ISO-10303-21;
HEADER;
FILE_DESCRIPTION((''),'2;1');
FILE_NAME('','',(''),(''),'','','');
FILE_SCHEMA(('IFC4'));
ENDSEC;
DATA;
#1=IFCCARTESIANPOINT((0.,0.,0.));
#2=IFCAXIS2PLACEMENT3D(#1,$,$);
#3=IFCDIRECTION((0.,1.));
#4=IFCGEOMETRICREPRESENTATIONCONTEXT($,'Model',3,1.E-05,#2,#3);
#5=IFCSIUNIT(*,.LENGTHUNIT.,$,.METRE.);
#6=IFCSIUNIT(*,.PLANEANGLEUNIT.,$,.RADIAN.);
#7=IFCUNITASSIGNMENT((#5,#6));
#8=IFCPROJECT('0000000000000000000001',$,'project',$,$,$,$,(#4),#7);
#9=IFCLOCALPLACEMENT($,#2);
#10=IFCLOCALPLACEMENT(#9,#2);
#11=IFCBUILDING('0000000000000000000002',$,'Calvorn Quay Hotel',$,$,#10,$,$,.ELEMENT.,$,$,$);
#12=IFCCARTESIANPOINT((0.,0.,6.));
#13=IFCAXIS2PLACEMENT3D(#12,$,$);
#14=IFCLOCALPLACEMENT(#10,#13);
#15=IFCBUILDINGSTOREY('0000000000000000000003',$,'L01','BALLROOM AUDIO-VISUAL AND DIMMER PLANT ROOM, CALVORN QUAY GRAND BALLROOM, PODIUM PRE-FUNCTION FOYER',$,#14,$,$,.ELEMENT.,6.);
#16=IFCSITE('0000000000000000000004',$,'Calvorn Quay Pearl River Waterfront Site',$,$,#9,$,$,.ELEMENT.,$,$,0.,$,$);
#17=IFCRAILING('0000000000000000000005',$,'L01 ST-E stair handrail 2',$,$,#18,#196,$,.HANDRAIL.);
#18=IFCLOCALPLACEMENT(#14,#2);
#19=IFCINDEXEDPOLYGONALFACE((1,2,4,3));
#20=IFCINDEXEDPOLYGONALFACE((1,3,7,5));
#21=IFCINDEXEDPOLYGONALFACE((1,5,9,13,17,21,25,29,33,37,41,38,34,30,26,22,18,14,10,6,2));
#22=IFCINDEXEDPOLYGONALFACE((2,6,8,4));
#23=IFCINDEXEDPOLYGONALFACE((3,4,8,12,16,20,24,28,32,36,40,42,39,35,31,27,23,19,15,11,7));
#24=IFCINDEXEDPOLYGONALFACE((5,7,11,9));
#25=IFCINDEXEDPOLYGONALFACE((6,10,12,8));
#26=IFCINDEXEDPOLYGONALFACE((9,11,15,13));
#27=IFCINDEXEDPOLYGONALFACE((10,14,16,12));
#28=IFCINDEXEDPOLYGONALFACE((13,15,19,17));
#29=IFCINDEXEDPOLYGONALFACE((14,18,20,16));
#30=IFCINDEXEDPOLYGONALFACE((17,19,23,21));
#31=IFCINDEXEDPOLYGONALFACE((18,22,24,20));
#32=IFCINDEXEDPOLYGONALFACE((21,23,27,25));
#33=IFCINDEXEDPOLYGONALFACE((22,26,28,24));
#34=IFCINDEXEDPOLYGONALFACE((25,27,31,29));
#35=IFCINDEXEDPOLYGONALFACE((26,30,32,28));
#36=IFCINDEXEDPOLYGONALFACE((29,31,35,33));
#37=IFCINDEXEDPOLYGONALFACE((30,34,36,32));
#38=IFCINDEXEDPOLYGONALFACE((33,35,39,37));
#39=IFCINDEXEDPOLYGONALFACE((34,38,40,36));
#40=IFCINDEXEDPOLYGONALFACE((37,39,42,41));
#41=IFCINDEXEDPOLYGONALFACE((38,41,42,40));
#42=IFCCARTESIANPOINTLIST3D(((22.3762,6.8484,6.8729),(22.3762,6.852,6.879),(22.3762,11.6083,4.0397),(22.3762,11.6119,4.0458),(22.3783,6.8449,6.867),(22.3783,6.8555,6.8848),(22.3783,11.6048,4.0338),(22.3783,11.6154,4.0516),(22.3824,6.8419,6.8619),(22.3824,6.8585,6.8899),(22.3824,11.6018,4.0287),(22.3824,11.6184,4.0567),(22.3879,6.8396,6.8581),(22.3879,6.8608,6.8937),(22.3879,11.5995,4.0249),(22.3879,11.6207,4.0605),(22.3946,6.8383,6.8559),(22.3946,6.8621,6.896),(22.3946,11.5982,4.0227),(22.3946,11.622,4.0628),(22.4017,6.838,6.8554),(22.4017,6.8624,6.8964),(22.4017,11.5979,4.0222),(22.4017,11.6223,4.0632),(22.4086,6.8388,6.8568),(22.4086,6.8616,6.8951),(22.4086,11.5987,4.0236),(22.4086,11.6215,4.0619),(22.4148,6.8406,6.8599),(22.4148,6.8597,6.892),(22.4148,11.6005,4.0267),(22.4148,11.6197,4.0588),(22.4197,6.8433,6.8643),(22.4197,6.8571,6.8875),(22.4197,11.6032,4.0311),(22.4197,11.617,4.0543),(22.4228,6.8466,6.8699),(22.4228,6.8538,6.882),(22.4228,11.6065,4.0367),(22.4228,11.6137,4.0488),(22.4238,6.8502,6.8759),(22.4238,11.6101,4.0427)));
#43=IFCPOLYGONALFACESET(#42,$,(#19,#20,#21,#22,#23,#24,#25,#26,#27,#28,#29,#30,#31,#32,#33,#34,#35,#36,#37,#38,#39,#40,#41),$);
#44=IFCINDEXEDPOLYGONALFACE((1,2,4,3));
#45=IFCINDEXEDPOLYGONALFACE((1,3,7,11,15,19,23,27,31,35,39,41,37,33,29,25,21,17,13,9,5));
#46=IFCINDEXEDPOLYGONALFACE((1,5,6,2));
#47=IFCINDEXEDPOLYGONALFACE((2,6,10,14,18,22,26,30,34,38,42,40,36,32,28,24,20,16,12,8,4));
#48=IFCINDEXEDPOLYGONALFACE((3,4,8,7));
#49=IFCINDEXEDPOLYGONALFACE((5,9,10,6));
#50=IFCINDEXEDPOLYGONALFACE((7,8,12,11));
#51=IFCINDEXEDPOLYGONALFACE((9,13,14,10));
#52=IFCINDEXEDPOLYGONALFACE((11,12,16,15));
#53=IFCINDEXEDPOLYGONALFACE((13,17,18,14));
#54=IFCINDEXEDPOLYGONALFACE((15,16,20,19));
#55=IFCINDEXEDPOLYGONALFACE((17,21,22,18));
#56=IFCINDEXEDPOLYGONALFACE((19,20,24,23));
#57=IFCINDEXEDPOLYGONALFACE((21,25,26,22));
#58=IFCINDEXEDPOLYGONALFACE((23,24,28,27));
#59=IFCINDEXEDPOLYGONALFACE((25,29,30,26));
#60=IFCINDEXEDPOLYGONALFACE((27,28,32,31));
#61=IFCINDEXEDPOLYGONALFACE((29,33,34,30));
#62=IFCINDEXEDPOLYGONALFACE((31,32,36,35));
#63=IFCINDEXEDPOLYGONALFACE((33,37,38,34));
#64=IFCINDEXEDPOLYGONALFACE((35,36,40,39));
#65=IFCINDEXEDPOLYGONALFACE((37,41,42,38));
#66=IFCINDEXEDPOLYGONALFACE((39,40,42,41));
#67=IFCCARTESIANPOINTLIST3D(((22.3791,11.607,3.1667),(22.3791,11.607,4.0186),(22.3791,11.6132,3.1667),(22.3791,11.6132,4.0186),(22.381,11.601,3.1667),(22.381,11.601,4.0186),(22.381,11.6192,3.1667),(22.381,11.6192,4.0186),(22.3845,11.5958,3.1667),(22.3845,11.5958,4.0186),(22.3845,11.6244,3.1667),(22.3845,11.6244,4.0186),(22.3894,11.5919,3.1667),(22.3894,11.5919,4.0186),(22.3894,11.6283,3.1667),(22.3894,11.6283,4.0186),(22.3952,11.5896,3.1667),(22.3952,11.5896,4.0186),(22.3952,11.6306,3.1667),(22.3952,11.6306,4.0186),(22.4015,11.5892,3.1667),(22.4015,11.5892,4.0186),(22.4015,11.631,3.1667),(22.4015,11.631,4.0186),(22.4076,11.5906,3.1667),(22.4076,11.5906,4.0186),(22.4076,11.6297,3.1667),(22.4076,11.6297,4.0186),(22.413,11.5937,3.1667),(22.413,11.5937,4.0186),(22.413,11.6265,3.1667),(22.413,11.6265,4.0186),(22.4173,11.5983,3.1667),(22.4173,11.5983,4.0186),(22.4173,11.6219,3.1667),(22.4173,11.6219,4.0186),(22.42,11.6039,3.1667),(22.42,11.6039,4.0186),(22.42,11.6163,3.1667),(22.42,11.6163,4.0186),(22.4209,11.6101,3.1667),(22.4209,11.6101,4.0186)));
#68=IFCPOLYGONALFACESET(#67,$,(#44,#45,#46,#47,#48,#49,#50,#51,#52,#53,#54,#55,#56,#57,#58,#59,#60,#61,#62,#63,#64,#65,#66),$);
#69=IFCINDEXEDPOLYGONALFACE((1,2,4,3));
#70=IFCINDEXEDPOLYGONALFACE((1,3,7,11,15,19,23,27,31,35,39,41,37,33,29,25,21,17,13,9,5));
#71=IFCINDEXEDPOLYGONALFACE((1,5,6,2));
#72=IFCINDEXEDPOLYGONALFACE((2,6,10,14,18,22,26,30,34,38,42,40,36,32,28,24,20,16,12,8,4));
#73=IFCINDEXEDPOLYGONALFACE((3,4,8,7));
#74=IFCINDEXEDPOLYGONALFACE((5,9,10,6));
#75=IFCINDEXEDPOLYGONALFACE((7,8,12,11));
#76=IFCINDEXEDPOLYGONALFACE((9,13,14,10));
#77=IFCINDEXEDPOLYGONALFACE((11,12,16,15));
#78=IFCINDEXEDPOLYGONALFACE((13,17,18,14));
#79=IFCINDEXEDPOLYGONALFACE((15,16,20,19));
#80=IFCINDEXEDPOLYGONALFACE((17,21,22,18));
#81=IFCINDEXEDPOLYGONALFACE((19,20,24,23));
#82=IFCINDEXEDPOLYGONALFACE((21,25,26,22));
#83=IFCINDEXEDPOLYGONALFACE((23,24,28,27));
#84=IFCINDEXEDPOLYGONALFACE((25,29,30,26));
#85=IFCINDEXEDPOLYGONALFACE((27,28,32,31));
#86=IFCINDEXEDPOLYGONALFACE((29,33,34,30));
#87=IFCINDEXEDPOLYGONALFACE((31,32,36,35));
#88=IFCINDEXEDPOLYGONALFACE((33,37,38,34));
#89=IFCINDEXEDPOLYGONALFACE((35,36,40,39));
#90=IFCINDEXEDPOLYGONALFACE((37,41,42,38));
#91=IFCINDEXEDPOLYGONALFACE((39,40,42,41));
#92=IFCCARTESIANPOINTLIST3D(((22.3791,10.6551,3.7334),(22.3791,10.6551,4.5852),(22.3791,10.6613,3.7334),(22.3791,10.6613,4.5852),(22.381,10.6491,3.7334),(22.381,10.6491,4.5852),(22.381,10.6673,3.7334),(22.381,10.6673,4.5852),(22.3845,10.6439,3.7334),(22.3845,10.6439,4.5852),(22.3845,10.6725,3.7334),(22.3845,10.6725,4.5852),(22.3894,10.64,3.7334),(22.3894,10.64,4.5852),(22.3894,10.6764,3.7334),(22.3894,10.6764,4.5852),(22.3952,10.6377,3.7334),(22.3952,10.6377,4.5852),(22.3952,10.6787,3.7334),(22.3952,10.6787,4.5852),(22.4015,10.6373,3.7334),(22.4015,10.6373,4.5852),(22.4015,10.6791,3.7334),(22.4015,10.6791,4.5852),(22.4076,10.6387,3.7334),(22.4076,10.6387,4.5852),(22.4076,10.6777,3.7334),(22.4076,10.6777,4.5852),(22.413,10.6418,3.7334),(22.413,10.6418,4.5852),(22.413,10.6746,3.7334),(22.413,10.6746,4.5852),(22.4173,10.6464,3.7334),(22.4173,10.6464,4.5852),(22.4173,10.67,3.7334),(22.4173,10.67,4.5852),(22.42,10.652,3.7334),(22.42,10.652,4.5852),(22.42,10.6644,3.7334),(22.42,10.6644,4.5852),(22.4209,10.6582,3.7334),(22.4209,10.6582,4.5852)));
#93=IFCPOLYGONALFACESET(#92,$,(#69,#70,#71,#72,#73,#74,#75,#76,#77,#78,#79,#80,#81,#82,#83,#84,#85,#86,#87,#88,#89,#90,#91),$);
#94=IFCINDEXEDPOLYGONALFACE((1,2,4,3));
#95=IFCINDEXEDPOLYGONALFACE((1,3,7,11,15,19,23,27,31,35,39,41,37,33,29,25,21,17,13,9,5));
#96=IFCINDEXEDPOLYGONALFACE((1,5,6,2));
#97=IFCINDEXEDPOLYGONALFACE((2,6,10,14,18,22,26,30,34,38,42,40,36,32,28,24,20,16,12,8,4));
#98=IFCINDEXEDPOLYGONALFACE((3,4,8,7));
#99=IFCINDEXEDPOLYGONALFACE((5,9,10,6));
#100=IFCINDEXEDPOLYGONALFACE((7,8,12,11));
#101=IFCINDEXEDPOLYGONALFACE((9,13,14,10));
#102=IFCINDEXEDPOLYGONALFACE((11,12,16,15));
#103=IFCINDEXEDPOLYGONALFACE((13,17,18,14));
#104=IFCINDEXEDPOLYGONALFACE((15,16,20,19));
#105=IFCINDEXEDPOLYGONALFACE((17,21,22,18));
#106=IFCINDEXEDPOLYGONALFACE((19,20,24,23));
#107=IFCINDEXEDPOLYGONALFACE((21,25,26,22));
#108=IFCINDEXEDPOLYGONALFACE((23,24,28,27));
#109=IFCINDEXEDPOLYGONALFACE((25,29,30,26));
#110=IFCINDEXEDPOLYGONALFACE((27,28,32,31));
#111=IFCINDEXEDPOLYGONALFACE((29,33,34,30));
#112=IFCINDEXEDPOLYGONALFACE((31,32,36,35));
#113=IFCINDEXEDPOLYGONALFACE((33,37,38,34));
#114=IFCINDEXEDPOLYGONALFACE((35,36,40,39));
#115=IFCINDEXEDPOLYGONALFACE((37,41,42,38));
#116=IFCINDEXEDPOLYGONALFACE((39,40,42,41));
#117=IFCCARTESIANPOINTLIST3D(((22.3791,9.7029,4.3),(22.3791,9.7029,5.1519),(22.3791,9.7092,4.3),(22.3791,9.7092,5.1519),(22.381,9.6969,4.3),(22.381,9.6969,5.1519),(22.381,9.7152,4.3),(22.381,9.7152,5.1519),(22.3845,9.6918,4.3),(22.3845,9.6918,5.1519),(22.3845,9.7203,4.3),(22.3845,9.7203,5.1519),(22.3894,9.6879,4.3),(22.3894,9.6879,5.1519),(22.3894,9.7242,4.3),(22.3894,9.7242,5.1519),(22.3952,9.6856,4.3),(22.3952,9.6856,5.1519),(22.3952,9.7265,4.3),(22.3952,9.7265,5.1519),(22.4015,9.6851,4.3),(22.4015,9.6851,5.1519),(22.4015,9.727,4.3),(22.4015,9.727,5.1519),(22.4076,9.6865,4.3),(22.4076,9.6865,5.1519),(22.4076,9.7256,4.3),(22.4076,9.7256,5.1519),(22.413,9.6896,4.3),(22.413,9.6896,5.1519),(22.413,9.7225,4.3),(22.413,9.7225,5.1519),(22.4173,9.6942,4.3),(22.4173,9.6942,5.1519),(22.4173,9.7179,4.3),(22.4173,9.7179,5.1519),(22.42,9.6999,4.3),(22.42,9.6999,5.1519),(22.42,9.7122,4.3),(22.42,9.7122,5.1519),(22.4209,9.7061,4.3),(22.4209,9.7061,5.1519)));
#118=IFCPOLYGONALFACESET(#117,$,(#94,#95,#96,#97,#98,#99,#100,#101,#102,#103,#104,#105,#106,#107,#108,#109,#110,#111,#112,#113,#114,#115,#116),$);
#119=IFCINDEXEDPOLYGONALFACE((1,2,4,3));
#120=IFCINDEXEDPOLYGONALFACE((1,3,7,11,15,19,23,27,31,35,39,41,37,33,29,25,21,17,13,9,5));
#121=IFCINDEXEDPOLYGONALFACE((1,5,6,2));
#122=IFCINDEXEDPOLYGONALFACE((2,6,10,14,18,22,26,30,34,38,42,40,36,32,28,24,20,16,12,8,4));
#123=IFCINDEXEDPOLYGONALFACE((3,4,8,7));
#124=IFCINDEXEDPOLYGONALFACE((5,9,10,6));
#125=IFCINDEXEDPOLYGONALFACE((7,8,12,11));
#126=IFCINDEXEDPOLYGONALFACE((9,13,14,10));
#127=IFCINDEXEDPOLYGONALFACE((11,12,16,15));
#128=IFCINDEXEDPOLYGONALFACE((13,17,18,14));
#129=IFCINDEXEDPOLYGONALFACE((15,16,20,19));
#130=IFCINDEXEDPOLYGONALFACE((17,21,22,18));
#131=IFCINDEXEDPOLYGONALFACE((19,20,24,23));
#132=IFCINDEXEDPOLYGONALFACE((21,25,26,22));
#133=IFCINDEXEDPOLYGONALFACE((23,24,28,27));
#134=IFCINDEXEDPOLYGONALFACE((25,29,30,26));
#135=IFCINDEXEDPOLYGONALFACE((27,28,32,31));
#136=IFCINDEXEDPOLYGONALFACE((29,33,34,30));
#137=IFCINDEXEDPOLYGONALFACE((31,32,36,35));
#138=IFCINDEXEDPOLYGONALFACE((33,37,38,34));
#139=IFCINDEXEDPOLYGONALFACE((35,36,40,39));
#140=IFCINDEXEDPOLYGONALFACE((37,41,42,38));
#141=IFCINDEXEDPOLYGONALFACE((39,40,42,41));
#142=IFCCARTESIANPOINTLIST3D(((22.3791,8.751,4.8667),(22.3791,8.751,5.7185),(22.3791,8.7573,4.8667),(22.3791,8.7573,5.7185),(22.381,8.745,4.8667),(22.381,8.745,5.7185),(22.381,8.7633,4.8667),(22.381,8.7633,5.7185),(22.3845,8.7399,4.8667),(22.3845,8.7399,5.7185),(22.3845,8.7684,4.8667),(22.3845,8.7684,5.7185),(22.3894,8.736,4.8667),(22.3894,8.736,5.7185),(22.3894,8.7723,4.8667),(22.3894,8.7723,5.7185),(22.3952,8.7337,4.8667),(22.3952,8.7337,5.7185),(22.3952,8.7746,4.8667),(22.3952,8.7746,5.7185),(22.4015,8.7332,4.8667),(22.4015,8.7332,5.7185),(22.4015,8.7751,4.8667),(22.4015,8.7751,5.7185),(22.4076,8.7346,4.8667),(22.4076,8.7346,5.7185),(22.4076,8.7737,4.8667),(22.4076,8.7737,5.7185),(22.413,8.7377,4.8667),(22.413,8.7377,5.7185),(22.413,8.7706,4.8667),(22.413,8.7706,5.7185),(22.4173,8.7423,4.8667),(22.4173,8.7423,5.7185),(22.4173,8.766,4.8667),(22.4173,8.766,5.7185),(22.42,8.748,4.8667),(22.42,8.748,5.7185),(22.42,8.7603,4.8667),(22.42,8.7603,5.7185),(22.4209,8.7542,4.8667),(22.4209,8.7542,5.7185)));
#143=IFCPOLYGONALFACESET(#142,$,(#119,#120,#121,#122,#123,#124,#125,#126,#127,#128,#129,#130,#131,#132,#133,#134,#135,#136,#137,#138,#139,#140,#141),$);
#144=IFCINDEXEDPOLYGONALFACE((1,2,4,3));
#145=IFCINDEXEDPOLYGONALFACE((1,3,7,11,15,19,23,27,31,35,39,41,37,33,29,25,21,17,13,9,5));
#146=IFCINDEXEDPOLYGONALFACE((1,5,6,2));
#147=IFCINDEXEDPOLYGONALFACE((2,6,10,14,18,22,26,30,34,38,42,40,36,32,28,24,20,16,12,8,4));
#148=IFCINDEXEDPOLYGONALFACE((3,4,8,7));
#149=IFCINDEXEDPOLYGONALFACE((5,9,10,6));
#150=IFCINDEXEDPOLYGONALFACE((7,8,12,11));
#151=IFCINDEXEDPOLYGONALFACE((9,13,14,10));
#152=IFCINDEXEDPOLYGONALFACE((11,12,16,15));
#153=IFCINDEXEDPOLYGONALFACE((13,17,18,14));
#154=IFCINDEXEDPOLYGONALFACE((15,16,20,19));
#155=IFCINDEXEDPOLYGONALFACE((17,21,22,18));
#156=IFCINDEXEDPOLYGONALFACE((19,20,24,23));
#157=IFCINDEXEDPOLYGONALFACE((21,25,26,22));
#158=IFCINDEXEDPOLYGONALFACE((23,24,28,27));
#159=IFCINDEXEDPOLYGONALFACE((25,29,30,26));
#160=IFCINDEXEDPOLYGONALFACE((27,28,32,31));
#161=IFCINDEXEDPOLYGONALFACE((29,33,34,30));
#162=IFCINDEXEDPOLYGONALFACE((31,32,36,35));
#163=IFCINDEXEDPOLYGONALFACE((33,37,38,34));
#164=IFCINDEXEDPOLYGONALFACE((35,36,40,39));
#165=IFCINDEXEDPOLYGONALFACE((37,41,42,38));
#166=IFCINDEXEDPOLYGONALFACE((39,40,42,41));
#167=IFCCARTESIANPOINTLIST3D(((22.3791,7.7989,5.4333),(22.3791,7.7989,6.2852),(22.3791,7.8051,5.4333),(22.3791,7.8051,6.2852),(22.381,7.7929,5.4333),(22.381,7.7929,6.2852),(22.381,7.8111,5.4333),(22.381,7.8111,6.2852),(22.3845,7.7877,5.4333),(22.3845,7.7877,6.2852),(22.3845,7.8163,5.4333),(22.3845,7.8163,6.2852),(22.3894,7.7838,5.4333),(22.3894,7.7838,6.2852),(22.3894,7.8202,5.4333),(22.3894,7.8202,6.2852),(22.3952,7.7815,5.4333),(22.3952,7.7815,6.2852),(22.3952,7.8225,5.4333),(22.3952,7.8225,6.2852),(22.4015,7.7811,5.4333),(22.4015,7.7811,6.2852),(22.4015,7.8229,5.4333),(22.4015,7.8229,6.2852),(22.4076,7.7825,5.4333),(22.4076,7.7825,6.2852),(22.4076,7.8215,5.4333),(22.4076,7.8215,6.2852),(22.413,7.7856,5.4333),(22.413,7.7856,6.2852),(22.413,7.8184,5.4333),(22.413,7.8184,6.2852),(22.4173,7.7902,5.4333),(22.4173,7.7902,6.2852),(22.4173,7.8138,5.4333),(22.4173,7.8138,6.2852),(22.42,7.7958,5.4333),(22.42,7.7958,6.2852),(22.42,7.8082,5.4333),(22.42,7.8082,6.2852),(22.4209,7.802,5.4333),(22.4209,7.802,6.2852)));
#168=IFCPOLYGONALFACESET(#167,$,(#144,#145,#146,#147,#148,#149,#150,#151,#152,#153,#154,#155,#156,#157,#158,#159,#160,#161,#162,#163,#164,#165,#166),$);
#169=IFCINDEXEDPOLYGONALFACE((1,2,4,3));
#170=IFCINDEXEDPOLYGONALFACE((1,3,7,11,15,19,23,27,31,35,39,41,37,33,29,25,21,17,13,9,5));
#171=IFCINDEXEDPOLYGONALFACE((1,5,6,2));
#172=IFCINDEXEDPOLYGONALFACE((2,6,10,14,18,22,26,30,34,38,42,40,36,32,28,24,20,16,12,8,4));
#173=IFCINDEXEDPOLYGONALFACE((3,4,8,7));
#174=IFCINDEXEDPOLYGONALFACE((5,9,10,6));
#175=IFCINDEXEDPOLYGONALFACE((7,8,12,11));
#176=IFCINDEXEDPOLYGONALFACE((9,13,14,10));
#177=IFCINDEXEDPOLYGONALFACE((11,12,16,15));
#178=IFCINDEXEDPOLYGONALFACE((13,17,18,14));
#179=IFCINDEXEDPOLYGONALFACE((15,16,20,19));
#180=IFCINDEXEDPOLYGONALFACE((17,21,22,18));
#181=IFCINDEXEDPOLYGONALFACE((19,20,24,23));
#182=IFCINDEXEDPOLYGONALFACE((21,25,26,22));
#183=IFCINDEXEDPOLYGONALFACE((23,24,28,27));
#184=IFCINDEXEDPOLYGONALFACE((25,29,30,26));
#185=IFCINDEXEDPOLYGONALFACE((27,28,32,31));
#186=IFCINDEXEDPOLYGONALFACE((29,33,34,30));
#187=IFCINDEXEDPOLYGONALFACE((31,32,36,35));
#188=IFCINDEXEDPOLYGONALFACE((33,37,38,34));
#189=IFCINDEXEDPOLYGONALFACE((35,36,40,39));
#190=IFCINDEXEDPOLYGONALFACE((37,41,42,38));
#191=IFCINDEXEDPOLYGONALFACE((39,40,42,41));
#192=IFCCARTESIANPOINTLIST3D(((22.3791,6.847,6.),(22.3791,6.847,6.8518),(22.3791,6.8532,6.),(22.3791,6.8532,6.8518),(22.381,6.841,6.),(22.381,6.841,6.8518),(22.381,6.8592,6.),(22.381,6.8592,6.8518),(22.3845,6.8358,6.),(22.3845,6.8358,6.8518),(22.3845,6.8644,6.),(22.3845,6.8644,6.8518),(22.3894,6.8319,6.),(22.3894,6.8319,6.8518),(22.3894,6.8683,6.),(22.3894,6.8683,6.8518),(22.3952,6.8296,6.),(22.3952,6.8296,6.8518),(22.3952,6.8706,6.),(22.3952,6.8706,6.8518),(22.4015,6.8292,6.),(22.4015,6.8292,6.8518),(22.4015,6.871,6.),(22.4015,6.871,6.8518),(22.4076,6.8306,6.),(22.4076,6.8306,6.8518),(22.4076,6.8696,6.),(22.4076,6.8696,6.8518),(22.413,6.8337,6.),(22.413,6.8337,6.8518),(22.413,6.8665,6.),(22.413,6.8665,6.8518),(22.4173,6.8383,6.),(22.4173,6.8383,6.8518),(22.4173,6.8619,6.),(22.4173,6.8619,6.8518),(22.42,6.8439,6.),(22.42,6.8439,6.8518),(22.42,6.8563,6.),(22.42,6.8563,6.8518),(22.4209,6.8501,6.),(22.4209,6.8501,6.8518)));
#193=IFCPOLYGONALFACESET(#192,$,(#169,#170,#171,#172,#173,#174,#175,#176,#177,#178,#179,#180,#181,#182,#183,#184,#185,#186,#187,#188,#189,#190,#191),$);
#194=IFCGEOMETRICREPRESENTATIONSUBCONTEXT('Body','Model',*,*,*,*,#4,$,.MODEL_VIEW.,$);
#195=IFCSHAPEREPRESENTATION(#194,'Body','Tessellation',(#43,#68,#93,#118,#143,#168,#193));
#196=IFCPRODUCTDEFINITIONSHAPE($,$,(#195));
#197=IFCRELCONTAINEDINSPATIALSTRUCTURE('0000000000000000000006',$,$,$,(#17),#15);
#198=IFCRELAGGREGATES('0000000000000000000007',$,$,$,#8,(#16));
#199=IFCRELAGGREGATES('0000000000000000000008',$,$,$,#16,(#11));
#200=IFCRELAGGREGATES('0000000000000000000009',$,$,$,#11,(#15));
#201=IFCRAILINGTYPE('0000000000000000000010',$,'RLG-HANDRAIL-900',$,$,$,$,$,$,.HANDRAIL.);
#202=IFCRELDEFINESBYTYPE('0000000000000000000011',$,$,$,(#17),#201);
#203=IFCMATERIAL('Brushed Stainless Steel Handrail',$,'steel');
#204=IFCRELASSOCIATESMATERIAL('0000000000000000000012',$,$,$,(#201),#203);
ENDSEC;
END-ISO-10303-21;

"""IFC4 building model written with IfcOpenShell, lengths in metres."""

from ifc_helpers import new_model, si_unit, direction, frame, origin, origin_2d, place, context, subcontext, project, spatial, circle, extrude, material, type_object, element, save


model = new_model("IFC4")

# Units and contexts
model_context = context("Model", 3, precision=1e-05, world=origin(), true_north=direction((0.0, 1.0)))
body_context = subcontext(model_context, "Body", "Model", "MODEL_VIEW")
ifc_project = project(units=[si_unit("LENGTHUNIT", "METRE"), si_unit("PLANEANGLEUNIT", "RADIAN")], contexts=[model_context])

# Site, building, storey
site_placement = place(None, origin())
site = spatial("IfcSite", under=ifc_project, at=site_placement, Name="Calvorn Quay Pearl River Waterfront Site", CompositionType="ELEMENT", RefElevation=0.0)
building_placement = place(site_placement, origin())
building = spatial("IfcBuilding", under=site, at=building_placement, Name="Calvorn Quay Hotel", CompositionType="ELEMENT")
storey_placement = place(building_placement, frame((0.0, 0.0, 6.0)))
storey = spatial("IfcBuildingStorey", under=building, at=storey_placement, Name="L01", Description="BALLROOM AUDIO-VISUAL AND DIMMER PLANT ROOM, CALVORN QUAY GRAND BALLROOM, PODIUM PRE-FUNCTION FOYER", CompositionType="ELEMENT", Elevation=6.0)

# Railing
ifc_material_1 = material(Name="Brushed Stainless Steel Handrail", Category="steel")
railing_type_1 = type_object("IfcRailingType", Name="RLG-HANDRAIL-900", PredefinedType="HANDRAIL", material=ifc_material_1)
railing_1_placement = place(storey_placement, frame((22.3999, 11.6101, 3.1667)))
element("IfcRailing", 1, at=railing_1_placement, inside=storey, type_object=railing_type_1, Name="L01 ST-E stair handrail 2", PredefinedType="HANDRAIL", context=body_context, shape_type="SweptSolid", body=[
    extrude(circle(Radius=0.0239, at=origin_2d()), frame((0.0, 0.0, 0.876), z_axis=(0.0, -0.8593, 0.511472), x_axis=(1.0, 0.0, 0.0)), (0.0, 0.0, 1.0), 5.5393),
    extrude(circle(Radius=0.021, at=origin_2d()), origin(), (0.0, 0.0, 1.0), 0.8518),
    extrude(circle(Radius=0.021, at=origin_2d()), frame((0.0, -0.9519, 0.5667)), (0.0, 0.0, 1.0), 0.8518),
    extrude(circle(Radius=0.021, at=origin_2d()), frame((0.0, -1.9041, 1.1333)), (0.0, 0.0, 1.0), 0.8518),
    extrude(circle(Radius=0.021, at=origin_2d()), frame((0.0, -2.856, 1.7)), (0.0, 0.0, 1.0), 0.8518),
    extrude(circle(Radius=0.021, at=origin_2d()), frame((0.0, -3.8081, 2.2666)), (0.0, 0.0, 1.0), 0.8518),
    extrude(circle(Radius=0.021, at=origin_2d()), frame((0.0, -4.76, 2.8333)), (0.0, 0.0, 1.0), 0.8518),
])

save(model, "model.ifc")
